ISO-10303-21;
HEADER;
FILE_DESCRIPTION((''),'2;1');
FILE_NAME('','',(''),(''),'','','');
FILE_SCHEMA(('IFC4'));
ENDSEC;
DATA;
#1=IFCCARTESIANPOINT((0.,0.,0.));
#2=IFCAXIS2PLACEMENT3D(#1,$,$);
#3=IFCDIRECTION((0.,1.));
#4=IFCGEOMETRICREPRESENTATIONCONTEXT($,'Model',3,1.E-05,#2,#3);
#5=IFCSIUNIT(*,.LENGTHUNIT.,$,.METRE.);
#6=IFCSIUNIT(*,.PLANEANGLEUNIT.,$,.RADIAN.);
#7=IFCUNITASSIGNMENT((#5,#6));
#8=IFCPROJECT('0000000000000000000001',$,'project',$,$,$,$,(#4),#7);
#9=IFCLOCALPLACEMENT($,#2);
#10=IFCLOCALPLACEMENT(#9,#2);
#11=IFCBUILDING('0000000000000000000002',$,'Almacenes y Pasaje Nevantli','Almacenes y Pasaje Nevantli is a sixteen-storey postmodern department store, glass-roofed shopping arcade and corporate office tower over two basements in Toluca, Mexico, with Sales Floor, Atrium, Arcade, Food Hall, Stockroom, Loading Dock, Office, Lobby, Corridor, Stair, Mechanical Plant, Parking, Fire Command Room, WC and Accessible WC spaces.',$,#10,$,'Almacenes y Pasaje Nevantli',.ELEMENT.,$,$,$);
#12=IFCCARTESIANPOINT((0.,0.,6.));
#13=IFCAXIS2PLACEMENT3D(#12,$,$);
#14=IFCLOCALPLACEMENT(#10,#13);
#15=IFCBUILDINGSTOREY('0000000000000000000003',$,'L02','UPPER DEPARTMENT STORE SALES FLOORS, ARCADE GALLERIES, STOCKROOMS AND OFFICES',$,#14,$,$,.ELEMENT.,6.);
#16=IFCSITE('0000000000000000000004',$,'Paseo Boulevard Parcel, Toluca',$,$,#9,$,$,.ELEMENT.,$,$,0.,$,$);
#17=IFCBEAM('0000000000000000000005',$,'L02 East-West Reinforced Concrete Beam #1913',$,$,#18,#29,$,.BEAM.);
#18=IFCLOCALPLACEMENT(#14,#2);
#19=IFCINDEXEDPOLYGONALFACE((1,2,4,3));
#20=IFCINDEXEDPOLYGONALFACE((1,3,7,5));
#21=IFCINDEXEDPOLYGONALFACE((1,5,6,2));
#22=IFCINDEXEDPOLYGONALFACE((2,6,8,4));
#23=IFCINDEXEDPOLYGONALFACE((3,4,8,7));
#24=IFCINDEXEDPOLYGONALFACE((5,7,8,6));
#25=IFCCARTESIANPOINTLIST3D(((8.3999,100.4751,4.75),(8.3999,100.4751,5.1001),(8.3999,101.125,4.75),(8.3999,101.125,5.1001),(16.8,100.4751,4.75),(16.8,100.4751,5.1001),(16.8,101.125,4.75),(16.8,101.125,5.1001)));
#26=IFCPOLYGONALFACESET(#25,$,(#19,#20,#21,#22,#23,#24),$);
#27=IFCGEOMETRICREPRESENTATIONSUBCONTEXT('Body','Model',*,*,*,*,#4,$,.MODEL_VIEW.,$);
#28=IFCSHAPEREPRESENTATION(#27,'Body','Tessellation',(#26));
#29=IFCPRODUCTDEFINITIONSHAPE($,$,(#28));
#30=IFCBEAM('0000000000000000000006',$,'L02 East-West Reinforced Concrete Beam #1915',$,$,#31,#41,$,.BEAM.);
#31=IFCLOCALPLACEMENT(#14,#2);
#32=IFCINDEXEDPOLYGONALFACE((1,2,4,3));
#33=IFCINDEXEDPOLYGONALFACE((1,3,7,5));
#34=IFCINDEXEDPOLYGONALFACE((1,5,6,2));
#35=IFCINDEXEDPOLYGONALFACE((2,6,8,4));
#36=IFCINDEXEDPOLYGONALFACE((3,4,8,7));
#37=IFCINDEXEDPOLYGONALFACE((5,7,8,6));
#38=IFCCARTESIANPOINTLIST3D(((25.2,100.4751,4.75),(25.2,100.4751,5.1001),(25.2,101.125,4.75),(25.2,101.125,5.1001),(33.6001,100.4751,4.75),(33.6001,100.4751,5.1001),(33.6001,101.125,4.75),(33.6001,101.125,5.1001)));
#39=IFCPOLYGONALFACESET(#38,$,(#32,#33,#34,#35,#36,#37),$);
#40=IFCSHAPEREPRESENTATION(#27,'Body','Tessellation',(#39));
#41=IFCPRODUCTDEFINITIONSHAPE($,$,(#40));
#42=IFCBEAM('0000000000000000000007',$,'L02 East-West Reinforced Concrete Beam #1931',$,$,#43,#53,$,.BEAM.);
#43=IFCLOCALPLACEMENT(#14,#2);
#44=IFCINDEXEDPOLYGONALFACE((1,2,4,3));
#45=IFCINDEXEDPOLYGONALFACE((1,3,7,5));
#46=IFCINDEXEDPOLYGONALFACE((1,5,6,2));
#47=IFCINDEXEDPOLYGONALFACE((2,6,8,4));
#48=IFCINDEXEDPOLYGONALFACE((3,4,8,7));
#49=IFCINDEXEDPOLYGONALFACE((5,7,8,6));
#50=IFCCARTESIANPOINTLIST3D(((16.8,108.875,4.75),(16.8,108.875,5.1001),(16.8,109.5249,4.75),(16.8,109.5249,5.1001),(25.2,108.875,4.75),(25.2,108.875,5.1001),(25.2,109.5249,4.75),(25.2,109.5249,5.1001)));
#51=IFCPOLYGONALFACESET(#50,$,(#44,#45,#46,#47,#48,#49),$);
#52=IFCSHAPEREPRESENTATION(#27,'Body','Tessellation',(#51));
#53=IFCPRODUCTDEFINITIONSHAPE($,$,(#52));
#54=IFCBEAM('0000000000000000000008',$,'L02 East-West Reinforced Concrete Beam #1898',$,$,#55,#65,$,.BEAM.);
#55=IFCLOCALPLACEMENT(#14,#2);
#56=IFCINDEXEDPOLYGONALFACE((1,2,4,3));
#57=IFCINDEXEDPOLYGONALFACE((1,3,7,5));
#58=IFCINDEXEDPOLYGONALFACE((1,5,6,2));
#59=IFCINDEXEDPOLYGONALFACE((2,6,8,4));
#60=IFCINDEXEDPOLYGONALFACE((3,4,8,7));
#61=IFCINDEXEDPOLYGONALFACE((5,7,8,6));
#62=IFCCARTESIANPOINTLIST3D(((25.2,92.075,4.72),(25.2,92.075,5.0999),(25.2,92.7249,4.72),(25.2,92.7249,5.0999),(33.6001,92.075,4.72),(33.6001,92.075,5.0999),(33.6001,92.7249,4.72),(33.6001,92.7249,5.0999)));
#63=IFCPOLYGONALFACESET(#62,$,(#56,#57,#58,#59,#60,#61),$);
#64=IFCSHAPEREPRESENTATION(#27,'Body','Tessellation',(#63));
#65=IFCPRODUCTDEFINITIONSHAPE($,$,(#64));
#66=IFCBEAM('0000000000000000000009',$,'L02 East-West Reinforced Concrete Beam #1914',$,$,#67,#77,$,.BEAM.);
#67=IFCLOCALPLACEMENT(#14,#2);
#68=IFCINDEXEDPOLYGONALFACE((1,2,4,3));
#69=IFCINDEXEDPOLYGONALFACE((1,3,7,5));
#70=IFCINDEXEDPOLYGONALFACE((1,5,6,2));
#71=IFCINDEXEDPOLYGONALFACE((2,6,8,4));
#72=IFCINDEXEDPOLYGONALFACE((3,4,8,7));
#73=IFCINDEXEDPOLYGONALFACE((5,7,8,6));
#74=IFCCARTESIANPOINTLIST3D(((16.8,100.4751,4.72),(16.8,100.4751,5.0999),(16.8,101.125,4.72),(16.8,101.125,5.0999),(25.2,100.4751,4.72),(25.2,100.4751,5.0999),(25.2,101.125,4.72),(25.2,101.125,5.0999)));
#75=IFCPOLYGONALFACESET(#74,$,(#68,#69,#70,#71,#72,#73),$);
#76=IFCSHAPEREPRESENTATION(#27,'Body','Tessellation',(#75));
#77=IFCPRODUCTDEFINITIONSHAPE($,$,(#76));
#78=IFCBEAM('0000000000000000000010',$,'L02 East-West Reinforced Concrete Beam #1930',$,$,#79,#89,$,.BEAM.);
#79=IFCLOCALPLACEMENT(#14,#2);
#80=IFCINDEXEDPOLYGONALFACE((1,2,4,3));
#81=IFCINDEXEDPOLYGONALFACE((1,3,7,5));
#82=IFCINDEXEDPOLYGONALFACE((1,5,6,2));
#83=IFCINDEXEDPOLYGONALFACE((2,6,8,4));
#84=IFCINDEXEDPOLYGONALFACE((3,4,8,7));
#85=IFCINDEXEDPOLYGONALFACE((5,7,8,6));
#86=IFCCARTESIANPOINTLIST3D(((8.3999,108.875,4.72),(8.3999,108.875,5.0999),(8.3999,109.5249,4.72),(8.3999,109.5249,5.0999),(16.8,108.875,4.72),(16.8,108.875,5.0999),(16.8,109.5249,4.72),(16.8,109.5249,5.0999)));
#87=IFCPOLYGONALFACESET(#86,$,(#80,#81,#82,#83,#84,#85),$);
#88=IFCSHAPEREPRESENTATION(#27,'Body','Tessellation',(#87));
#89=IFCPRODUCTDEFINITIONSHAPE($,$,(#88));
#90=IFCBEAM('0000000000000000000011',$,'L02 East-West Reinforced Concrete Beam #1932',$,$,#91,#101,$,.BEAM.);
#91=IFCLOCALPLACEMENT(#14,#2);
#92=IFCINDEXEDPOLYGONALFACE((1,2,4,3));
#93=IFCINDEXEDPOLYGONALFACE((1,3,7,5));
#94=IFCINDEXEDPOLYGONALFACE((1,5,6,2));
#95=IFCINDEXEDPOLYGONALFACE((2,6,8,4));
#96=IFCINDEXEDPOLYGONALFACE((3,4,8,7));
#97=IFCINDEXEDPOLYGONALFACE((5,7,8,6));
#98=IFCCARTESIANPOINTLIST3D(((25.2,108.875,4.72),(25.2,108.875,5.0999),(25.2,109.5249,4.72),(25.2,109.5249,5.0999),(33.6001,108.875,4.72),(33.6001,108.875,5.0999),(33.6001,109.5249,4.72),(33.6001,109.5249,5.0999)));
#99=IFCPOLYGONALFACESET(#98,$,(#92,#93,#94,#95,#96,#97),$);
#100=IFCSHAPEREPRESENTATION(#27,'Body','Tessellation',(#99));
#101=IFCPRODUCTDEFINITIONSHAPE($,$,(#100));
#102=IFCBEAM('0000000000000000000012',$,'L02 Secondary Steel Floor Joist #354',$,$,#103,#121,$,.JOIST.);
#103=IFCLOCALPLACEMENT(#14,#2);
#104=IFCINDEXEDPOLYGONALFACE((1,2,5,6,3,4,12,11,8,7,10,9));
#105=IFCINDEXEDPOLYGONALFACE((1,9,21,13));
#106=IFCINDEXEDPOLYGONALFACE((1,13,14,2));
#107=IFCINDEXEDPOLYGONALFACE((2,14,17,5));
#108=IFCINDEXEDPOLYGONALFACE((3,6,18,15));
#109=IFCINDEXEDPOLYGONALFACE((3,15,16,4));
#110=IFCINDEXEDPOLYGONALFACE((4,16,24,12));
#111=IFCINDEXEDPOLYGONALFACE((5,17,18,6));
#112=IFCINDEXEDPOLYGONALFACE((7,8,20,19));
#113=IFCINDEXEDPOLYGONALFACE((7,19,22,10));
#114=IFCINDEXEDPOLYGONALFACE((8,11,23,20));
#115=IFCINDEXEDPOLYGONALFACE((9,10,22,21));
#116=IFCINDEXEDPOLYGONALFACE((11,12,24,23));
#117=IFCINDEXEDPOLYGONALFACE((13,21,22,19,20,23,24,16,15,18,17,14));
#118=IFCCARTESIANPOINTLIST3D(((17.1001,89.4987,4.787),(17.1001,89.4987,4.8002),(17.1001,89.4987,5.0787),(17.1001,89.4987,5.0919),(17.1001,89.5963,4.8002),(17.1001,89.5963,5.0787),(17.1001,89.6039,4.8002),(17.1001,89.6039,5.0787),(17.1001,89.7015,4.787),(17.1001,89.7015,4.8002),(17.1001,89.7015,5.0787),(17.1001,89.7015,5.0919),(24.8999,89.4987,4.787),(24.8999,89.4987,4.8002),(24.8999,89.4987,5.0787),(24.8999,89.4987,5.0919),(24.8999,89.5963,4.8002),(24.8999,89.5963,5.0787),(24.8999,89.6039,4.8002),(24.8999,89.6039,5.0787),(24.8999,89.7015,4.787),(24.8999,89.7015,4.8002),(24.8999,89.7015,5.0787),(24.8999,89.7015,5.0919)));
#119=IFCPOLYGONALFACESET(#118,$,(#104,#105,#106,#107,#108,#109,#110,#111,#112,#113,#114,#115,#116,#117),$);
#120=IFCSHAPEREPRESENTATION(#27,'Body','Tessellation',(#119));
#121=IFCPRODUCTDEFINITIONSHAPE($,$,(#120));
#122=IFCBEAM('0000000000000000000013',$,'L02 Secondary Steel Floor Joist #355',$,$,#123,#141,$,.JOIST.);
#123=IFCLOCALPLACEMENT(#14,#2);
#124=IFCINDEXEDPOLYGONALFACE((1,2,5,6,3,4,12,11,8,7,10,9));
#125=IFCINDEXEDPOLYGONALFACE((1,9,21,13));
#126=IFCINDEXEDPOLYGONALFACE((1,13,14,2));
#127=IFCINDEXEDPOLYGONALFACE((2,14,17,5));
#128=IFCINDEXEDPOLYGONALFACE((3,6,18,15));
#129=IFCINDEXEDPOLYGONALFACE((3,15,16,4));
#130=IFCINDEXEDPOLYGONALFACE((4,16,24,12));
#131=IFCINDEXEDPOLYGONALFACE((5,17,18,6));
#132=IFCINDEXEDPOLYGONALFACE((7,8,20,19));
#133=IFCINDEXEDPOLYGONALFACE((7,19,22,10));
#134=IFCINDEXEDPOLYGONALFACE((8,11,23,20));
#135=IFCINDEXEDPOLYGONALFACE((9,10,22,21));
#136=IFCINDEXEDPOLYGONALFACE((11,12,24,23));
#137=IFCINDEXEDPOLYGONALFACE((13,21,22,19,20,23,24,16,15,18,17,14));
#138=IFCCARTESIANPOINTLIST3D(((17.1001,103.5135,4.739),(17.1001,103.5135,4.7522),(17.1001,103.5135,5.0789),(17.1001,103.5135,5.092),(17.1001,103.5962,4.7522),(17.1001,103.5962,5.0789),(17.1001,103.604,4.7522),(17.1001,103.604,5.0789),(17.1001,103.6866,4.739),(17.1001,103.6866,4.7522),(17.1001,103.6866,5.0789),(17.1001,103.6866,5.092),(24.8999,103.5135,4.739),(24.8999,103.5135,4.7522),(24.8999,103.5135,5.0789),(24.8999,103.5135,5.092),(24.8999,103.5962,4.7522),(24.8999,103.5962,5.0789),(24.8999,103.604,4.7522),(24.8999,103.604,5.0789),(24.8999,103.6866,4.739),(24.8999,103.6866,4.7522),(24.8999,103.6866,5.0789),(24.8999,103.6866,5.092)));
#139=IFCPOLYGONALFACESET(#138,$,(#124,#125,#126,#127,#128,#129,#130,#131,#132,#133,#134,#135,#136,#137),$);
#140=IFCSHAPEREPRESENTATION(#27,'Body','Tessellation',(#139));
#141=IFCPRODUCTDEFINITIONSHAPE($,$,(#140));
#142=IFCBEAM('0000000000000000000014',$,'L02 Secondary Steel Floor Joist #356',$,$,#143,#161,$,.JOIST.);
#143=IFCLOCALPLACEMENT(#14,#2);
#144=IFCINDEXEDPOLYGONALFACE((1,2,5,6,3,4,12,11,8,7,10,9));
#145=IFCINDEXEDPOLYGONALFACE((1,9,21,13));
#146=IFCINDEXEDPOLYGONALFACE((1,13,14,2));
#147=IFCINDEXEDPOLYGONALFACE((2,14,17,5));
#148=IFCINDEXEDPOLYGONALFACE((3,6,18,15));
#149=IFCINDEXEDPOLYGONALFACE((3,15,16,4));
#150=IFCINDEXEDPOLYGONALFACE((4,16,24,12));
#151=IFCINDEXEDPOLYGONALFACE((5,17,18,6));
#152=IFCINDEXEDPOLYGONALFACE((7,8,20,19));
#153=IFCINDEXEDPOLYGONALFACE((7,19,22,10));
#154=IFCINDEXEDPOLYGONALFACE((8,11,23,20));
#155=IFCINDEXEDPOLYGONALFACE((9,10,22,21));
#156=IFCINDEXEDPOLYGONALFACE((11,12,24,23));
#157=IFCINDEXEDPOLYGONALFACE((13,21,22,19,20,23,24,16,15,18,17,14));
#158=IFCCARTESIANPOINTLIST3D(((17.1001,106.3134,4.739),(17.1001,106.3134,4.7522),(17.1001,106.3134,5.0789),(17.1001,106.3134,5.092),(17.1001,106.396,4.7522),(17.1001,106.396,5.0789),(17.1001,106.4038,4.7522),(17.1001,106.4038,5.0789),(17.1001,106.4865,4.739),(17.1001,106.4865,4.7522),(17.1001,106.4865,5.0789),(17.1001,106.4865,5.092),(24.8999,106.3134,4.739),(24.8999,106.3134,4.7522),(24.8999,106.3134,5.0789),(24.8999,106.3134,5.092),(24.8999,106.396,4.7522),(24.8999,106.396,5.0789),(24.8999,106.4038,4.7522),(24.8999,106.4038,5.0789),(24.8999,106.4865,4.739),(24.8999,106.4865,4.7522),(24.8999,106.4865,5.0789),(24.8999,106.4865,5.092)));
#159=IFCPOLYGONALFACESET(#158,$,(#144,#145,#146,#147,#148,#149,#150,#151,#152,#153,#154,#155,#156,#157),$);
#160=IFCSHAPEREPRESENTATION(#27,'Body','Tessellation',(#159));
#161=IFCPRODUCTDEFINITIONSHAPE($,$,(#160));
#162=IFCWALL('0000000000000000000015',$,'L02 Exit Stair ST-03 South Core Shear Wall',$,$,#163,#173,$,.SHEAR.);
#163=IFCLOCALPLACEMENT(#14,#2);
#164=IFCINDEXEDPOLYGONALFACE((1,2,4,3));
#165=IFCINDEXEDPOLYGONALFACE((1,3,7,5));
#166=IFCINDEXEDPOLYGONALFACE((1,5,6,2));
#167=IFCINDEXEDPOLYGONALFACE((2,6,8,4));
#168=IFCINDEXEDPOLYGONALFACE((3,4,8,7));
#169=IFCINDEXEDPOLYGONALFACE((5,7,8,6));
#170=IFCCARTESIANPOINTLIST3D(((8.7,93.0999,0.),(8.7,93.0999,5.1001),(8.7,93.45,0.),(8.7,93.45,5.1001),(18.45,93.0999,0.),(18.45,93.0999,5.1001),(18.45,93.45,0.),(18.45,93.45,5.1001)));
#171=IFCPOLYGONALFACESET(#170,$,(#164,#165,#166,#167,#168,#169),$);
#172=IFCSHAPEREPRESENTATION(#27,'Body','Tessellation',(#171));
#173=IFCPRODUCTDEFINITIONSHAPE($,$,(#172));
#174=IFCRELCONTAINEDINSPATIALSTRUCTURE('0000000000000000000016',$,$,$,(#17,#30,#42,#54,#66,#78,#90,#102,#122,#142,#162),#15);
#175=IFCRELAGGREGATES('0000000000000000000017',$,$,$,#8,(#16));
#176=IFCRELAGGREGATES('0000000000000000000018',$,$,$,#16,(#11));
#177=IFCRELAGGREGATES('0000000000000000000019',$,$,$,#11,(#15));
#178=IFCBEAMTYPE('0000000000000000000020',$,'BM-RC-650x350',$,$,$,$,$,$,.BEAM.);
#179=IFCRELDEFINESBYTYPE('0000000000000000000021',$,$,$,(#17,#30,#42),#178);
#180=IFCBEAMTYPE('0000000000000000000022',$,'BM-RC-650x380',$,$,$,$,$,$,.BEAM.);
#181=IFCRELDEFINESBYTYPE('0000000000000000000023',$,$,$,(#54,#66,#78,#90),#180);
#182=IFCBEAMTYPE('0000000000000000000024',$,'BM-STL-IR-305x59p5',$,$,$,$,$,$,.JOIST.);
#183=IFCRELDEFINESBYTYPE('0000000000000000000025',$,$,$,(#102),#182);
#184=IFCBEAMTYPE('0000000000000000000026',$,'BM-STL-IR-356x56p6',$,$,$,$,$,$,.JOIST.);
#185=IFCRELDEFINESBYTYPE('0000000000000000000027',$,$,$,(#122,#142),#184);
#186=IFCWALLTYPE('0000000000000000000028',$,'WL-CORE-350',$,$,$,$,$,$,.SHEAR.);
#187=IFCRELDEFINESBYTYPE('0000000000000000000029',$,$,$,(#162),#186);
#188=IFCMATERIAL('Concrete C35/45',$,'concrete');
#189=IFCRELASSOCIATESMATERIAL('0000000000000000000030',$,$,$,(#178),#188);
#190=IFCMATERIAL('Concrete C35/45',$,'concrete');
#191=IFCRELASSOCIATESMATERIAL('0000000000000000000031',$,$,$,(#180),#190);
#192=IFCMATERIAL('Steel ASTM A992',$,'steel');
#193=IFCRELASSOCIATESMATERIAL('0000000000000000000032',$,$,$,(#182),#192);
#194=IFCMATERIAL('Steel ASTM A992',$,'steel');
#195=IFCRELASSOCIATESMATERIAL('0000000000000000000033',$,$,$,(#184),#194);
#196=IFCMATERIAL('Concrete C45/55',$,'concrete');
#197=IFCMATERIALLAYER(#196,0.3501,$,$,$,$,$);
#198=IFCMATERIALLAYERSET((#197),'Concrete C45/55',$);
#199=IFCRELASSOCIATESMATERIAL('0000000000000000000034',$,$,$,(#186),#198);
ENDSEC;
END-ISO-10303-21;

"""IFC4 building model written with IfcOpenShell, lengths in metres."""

from ifc_helpers import new_model, si_unit, direction, frame, frame_2d, origin, origin_2d, place, context, subcontext, project, spatial, rectangle, i_section, extrude, material, layer, layer_set, material_profile, profile_set, type_object, element, save


model = new_model("IFC4")

# Units and contexts
model_context = context("Model", 3, precision=1e-05, world=origin(), true_north=direction((0.0, 1.0)))
body_context = subcontext(model_context, "Body", "Model", "MODEL_VIEW")
ifc_project = project(units=[si_unit("LENGTHUNIT", "METRE"), si_unit("PLANEANGLEUNIT", "RADIAN")], contexts=[model_context])

# Site, building, storey
site_placement = place(None, origin())
site = spatial("IfcSite", under=ifc_project, at=site_placement, Name="Paseo Boulevard Parcel, Toluca", CompositionType="ELEMENT", RefElevation=0.0)
building_placement = place(site_placement, origin())
building = spatial("IfcBuilding", under=site, at=building_placement, Name="Almacenes y Pasaje Nevantli", Description="Almacenes y Pasaje Nevantli is a sixteen-storey postmodern department store, glass-roofed shopping arcade and corporate office tower over two basements in Toluca, Mexico, with Sales Floor, Atrium, Arcade, Food Hall, Stockroom, Loading Dock, Office, Lobby, Corridor, Stair, Mechanical Plant, Parking, Fire Command Room, WC and Accessible WC spaces.", LongName="Almacenes y Pasaje Nevantli", CompositionType="ELEMENT")
storey_placement = place(building_placement, frame((0.0, 0.0, 6.0)))
storey = spatial("IfcBuildingStorey", under=building, at=storey_placement, Name="L02", Description="UPPER DEPARTMENT STORE SALES FLOORS, ARCADE GALLERIES, STOCKROOMS AND OFFICES", CompositionType="ELEMENT", Elevation=6.0)

# Beams
ifc_material_1 = material(Name="Concrete C35/45", Category="concrete")
ifc_material_profile_1 = material_profile(ifc_material_1, rectangle(XDim=0.6499, YDim=0.3501, at=origin_2d()), Name="RC-BM-650x350")
ifc_profile_set_1 = profile_set([ifc_material_profile_1], Name="Concrete C35/45")
beam_type_1 = type_object("IfcBeamType", Name="BM-RC-650x350", PredefinedType="BEAM", material=ifc_profile_set_1)
for number, where, z_axis, x_axis, name in (
    (1, (8.3999, 100.8, 4.925), (1.0, 0.0, 0.0), (0.0, 1.0, 0.0), "L02 East-West Reinforced Concrete Beam #1913"),
    (2, (25.2, 100.8, 4.925), (1.0, 0.0, 0.0), (0.0, 1.0, 0.0), "L02 East-West Reinforced Concrete Beam #1915"),
):
    element("IfcBeam", number, at=place(storey_placement, frame(where, z_axis=z_axis, x_axis=x_axis)), inside=storey, type_object=beam_type_1, Name=name, PredefinedType="BEAM", context=body_context, shape_type="SweptSolid", body=[
        extrude(rectangle(XDim=0.6499, YDim=0.3501, at=origin_2d()), origin(), (0.0, 0.0, 1.0), 8.4001),
    ])
beam_1_placement = place(storey_placement, frame((16.8, 109.2, 4.925), z_axis=(1.0, 0.0, 0.0), x_axis=(0.0, 1.0, 0.0)))
element("IfcBeam", 3, at=beam_1_placement, inside=storey, type_object=beam_type_1, Name="L02 East-West Reinforced Concrete Beam #1931", PredefinedType="BEAM", context=body_context, shape_type="SweptSolid", body=[
    extrude(rectangle(XDim=0.6499, YDim=0.3501, at=origin_2d()), origin(), (0.0, 0.0, 1.0), 8.3999),
])
ifc_material_2 = material(Name="Concrete C35/45", Category="concrete")
ifc_material_profile_2 = material_profile(ifc_material_2, rectangle(XDim=0.6499, YDim=0.3799, at=origin_2d()), Name="RC-BM-650x380")
ifc_profile_set_2 = profile_set([ifc_material_profile_2], Name="Concrete C35/45")
beam_type_2 = type_object("IfcBeamType", Name="BM-RC-650x380", PredefinedType="BEAM", material=ifc_profile_set_2)
beam_2_placement = place(storey_placement, frame((25.2, 92.3999, 4.9099), z_axis=(1.0, 0.0, 0.0), x_axis=(0.0, 1.0, 0.0)))
element("IfcBeam", 4, at=beam_2_placement, inside=storey, type_object=beam_type_2, Name="L02 East-West Reinforced Concrete Beam #1898", PredefinedType="BEAM", context=body_context, shape_type="SweptSolid", body=[
    extrude(rectangle(XDim=0.6499, YDim=0.3799, at=origin_2d()), origin(), (0.0, 0.0, 1.0), 8.4001),
])
beam_3_placement = place(storey_placement, frame((16.8, 100.8, 4.9099), z_axis=(1.0, 0.0, 0.0), x_axis=(0.0, 1.0, 0.0)))
element("IfcBeam", 5, at=beam_3_placement, inside=storey, type_object=beam_type_2, Name="L02 East-West Reinforced Concrete Beam #1914", PredefinedType="BEAM", context=body_context, shape_type="SweptSolid", body=[
    extrude(rectangle(XDim=0.6499, YDim=0.3799, at=origin_2d()), origin(), (0.0, 0.0, 1.0), 8.3999),
])
for number, where, z_axis, x_axis, name in (
    (6, (8.3999, 109.2, 4.9099), (1.0, 0.0, 0.0), (0.0, 1.0, 0.0), "L02 East-West Reinforced Concrete Beam #1930"),
    (7, (25.2, 109.2, 4.9099), (1.0, 0.0, 0.0), (0.0, 1.0, 0.0), "L02 East-West Reinforced Concrete Beam #1932"),
):
    element("IfcBeam", number, at=place(storey_placement, frame(where, z_axis=z_axis, x_axis=x_axis)), inside=storey, type_object=beam_type_2, Name=name, PredefinedType="BEAM", context=body_context, shape_type="SweptSolid", body=[
        extrude(rectangle(XDim=0.6499, YDim=0.3799, at=origin_2d()), origin(), (0.0, 0.0, 1.0), 8.4001),
    ])
ifc_material_3 = material(Name="Steel ASTM A992", Category="steel")
ifc_material_profile_3 = material_profile(ifc_material_3, i_section(OverallWidth=0.2029, OverallDepth=0.3049, WebThickness=0.0076, FlangeThickness=0.0132, at=origin_2d()), Name="IR 305x59.5")
ifc_profile_set_3 = profile_set([ifc_material_profile_3], Name="Steel ASTM A992")
beam_type_3 = type_object("IfcBeamType", Name="BM-STL-IR-305x59p5", PredefinedType="JOIST", material=ifc_profile_set_3)
beam_4_placement = place(storey_placement, frame((17.1001, 89.6001, 4.9395), z_axis=(1.0, 0.0, 0.0), x_axis=(0.0, 1.0, 0.0)))
element("IfcBeam", 8, at=beam_4_placement, inside=storey, type_object=beam_type_3, Name="L02 Secondary Steel Floor Joist #354", PredefinedType="JOIST", context=body_context, shape_type="SweptSolid", body=[
    extrude(i_section(OverallWidth=0.2029, OverallDepth=0.3049, WebThickness=0.0076, FlangeThickness=0.0132, at=origin_2d()), origin(), (0.0, 0.0, 1.0), 7.7998),
])
ifc_material_4 = material(Name="Steel ASTM A992", Category="steel")
ifc_material_profile_4 = material_profile(ifc_material_4, i_section(OverallWidth=0.1731, OverallDepth=0.353, WebThickness=0.0078, FlangeThickness=0.0132, at=origin_2d()), Name="IR 356x56.6")
ifc_profile_set_4 = profile_set([ifc_material_profile_4], Name="Steel ASTM A992")
beam_type_4 = type_object("IfcBeamType", Name="BM-STL-IR-356x56p6", PredefinedType="JOIST", material=ifc_profile_set_4)
for number, where, z_axis, x_axis, name in (
    (9, (17.1001, 103.6001, 4.9155), (1.0, 0.0, 0.0), (0.0, 1.0, 0.0), "L02 Secondary Steel Floor Joist #355"),
    (10, (17.1001, 106.3999, 4.9155), (1.0, 0.0, 0.0), (0.0, 1.0, 0.0), "L02 Secondary Steel Floor Joist #356"),
):
    element("IfcBeam", number, at=place(storey_placement, frame(where, z_axis=z_axis, x_axis=x_axis)), inside=storey, type_object=beam_type_4, Name=name, PredefinedType="JOIST", context=body_context, shape_type="SweptSolid", body=[
        extrude(i_section(OverallWidth=0.1731, OverallDepth=0.353, WebThickness=0.0078, FlangeThickness=0.0132, at=origin_2d()), origin(), (0.0, 0.0, 1.0), 7.7998),
    ])

# Wall
ifc_material_5 = material(Name="Concrete C45/55", Category="concrete")
ifc_layer_1 = layer(ifc_material_5, 0.3501)
ifc_layer_set_1 = layer_set([ifc_layer_1], Name="Concrete C45/55")
wall_type = type_object("IfcWallType", Name="WL-CORE-350", PredefinedType="SHEAR", material=ifc_layer_set_1)
wall_1_placement = place(storey_placement, frame((8.7, 93.2749, 0.0), z_axis=(0.0, 0.0, 1.0), x_axis=(1.0, 0.0, 0.0)))
element("IfcWall", 11, at=wall_1_placement, inside=storey, type_object=wall_type, Name="L02 Exit Stair ST-03 South Core Shear Wall", PredefinedType="SHEAR", context=body_context, shape_type="SweptSolid", body=[
    extrude(rectangle(XDim=9.75, YDim=0.3501, at=frame_2d((4.875, 0.0))), origin(), (0.0, 0.0, 1.0), 5.1001),
])

save(model, "model.ifc")
